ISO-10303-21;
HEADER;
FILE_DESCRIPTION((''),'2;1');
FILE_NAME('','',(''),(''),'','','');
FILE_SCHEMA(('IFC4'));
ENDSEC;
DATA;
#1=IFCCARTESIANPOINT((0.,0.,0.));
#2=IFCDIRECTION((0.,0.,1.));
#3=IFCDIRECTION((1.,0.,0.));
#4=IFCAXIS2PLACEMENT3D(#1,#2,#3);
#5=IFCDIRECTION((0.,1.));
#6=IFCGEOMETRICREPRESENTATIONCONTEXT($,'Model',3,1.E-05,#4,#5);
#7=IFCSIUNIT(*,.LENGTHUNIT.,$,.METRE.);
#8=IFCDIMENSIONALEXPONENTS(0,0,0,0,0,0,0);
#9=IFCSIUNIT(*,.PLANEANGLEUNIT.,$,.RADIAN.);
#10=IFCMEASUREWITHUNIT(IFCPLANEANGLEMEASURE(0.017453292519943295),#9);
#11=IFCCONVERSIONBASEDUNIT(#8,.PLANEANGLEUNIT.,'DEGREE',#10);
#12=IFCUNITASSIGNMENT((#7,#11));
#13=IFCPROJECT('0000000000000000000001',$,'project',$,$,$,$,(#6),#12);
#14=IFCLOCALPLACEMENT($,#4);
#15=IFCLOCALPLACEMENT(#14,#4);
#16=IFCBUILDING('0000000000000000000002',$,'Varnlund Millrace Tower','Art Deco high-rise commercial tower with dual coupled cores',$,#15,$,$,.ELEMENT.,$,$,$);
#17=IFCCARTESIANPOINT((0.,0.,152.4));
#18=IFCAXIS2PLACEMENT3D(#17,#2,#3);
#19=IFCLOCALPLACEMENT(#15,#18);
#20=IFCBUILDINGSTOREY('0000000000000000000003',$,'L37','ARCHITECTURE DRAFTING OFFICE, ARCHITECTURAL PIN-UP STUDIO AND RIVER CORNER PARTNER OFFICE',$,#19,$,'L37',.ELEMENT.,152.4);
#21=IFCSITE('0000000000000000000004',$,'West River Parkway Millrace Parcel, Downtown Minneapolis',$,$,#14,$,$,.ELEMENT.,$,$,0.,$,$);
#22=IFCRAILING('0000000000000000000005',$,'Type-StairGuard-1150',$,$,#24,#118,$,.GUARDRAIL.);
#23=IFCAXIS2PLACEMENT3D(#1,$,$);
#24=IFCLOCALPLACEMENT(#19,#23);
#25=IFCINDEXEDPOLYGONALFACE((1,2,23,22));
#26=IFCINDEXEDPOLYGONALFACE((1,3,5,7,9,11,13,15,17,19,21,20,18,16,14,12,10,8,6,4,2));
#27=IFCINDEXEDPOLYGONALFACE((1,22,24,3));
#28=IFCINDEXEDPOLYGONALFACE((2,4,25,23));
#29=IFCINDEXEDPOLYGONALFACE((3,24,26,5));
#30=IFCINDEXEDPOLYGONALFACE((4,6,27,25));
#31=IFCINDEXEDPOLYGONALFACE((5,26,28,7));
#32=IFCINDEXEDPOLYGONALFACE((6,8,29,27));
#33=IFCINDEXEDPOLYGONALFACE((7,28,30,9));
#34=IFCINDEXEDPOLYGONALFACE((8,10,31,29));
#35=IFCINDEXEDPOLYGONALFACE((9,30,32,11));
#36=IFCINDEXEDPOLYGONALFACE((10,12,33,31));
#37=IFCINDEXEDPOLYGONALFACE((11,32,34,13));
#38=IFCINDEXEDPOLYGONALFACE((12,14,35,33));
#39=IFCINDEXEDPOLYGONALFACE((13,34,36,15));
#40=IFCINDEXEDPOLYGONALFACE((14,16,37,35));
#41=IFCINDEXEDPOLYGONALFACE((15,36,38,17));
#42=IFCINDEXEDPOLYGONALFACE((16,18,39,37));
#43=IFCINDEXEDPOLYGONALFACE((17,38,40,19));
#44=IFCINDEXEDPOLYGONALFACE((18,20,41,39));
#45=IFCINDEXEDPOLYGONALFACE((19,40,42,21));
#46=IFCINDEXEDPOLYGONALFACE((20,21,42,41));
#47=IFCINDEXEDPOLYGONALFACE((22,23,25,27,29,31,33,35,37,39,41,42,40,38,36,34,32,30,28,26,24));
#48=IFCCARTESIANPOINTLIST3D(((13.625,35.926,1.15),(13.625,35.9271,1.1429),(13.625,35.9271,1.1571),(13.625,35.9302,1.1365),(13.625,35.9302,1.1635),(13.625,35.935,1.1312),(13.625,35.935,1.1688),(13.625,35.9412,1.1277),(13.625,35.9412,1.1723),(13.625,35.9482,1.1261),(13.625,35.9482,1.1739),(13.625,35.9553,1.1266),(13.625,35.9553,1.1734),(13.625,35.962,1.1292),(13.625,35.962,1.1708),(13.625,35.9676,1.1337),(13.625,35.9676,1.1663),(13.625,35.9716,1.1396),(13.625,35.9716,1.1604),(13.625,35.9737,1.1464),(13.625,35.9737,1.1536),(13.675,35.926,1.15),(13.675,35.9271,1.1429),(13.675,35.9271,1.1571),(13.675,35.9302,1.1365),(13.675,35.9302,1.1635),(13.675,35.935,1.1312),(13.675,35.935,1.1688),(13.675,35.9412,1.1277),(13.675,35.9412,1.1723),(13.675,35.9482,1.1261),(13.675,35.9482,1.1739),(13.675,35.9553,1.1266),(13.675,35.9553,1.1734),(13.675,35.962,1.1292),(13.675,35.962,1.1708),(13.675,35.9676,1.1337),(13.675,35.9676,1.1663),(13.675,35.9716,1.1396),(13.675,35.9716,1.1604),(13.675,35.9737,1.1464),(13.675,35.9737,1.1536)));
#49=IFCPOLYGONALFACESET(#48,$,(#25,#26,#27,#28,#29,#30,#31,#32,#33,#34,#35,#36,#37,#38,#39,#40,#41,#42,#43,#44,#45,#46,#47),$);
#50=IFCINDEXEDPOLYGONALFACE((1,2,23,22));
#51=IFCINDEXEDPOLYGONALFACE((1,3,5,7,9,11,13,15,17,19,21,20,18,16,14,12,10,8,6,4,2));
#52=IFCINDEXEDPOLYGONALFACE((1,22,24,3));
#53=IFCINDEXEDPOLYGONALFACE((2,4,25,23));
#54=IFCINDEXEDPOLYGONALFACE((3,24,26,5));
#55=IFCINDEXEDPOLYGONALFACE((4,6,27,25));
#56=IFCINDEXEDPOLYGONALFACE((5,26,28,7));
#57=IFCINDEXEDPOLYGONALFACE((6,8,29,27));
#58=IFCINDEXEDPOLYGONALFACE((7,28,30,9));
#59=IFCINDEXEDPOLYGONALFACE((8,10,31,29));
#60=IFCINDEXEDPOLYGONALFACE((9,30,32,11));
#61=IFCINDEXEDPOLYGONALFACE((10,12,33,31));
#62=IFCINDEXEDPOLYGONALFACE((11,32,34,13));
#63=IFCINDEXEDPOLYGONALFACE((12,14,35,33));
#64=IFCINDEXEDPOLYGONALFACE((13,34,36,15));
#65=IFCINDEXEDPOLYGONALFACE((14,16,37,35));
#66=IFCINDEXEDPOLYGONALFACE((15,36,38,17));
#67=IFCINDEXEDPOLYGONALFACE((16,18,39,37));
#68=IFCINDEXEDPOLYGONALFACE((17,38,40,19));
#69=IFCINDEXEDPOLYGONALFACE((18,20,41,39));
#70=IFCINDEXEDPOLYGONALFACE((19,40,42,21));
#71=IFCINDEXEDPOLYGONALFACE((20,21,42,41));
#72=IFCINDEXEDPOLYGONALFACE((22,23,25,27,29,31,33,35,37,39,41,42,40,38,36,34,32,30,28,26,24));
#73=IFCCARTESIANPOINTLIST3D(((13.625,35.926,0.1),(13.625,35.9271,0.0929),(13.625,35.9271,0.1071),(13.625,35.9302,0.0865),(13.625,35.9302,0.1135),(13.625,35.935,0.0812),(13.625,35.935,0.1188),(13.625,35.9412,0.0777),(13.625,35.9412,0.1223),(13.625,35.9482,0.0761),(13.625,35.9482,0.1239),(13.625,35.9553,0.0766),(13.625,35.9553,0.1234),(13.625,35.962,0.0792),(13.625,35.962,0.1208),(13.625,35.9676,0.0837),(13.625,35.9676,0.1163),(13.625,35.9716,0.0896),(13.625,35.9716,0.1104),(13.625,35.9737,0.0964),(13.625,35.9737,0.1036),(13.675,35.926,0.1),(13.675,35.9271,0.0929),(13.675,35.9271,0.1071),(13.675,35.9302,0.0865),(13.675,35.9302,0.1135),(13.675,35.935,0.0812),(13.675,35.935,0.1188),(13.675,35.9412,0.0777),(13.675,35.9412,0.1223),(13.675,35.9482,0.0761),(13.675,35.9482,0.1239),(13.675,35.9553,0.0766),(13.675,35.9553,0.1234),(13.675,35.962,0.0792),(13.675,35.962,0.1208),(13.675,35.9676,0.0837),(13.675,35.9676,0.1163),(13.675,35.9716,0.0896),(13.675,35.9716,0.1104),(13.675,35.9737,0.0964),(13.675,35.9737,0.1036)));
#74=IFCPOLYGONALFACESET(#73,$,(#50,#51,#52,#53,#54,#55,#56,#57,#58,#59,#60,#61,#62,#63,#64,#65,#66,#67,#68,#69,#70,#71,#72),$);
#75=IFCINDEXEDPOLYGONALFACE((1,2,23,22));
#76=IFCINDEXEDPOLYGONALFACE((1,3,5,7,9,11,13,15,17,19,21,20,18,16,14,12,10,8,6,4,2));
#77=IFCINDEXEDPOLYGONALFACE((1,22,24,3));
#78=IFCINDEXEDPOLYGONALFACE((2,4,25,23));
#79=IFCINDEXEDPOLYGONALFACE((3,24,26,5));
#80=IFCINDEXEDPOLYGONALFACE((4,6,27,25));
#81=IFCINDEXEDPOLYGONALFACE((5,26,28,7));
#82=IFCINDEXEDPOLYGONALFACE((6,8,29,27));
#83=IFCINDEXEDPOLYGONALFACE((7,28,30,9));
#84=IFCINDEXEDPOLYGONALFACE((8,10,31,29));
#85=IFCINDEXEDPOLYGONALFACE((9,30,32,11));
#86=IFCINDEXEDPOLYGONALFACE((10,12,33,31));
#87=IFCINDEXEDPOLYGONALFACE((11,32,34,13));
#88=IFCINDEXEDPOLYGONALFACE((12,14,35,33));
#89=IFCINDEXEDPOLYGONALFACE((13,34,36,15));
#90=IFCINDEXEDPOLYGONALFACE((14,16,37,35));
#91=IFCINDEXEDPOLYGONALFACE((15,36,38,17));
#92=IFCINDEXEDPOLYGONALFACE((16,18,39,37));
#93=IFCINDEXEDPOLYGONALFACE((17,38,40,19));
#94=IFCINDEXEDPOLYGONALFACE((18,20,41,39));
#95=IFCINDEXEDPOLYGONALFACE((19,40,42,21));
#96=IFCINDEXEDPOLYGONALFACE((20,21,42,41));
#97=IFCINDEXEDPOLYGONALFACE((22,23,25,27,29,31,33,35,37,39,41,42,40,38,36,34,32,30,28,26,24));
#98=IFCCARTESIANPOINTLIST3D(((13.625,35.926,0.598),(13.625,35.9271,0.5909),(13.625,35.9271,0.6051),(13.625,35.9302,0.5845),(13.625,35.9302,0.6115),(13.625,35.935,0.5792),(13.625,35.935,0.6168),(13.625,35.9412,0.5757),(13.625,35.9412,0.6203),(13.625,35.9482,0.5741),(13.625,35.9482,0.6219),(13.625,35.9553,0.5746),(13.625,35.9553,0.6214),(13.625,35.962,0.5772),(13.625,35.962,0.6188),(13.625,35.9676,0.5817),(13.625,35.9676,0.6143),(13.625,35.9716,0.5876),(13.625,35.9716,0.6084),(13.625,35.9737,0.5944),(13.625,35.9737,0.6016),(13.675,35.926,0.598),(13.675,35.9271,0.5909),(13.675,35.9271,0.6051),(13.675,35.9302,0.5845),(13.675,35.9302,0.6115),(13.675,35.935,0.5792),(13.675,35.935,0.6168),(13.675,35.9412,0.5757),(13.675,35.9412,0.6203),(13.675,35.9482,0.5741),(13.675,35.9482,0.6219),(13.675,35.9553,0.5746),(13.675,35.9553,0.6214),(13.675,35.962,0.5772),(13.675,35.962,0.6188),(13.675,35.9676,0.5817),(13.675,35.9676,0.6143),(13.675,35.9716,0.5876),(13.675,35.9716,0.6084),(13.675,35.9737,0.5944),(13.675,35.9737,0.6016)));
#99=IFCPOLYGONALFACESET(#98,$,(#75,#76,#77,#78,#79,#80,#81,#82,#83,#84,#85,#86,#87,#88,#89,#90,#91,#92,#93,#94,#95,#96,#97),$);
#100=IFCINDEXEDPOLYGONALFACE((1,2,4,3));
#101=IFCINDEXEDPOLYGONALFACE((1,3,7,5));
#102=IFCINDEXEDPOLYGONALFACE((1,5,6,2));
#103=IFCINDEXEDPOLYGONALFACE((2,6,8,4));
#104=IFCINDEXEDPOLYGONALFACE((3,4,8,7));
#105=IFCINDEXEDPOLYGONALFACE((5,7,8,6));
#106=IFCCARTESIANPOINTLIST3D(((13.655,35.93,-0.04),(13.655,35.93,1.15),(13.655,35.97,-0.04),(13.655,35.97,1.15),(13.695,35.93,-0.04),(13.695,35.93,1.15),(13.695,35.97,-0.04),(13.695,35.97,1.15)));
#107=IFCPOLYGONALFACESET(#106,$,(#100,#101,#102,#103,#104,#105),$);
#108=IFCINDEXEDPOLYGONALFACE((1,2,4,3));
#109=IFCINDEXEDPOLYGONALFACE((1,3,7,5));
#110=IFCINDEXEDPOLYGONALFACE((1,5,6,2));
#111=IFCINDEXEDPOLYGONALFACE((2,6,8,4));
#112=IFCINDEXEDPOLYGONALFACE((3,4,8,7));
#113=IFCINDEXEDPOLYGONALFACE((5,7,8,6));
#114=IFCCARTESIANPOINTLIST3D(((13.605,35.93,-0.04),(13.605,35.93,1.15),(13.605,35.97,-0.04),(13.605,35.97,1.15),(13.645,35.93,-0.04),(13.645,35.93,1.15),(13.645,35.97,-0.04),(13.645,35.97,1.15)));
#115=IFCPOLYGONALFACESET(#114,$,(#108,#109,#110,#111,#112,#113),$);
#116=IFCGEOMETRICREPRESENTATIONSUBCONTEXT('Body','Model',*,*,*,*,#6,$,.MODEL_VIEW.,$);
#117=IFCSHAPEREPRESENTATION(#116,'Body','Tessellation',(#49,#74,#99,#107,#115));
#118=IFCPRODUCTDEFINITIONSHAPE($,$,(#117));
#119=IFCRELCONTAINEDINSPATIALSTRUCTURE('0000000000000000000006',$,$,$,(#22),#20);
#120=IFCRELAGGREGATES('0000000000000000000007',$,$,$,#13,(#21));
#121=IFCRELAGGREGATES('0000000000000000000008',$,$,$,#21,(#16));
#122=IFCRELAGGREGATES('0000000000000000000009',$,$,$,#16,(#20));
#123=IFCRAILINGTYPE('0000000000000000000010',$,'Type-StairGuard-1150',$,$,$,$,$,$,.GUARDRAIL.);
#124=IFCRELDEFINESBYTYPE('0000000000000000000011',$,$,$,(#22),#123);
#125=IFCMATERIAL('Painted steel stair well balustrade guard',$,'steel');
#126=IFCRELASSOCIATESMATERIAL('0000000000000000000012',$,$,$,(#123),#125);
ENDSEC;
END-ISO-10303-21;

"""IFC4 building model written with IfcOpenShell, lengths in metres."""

from ifc_helpers import new_model, entity, si_unit, converted_unit, direction, frame, origin_with_axes, origin_2d_with_axis, place, context, subcontext, project, spatial, rectangle, circle, extrude, material, type_object, element, save


model = new_model("IFC4")

# Units and contexts
model_context = context("Model", 3, precision=1e-05, world=origin_with_axes(), true_north=direction((0.0, 1.0)))
body_context = subcontext(model_context, "Body", "Model", "MODEL_VIEW")
ifc_project = project(units=[si_unit("LENGTHUNIT", "METRE"), converted_unit("PLANEANGLEUNIT", "DEGREE", entity("IfcPlaneAngleMeasure", 0.017453292519943295), si_unit("PLANEANGLEUNIT", "RADIAN"), dimensions=[0, 0, 0, 0, 0, 0, 0])], contexts=[model_context])

# Site, building, storey
site_placement = place(None, origin_with_axes())
site = spatial("IfcSite", under=ifc_project, at=site_placement, Name="West River Parkway Millrace Parcel, Downtown Minneapolis", CompositionType="ELEMENT", RefElevation=0.0)
building_placement = place(site_placement, origin_with_axes())
building = spatial("IfcBuilding", under=site, at=building_placement, Name="Varnlund Millrace Tower", Description="Art Deco high-rise commercial tower with dual coupled cores", CompositionType="ELEMENT")
storey_placement = place(building_placement, frame((0.0, 0.0, 152.4), z_axis=(0.0, 0.0, 1.0), x_axis=(1.0, 0.0, 0.0)))
storey = spatial("IfcBuildingStorey", under=building, at=storey_placement, Name="L37", Description="ARCHITECTURE DRAFTING OFFICE, ARCHITECTURAL PIN-UP STUDIO AND RIVER CORNER PARTNER OFFICE", LongName="L37", CompositionType="ELEMENT", Elevation=152.4)

# Railing
ifc_material_1 = material(Name="Painted steel stair well balustrade guard", Category="steel")
railing_type_1 = type_object("IfcRailingType", Name="Type-StairGuard-1150", PredefinedType="GUARDRAIL", material=ifc_material_1)
railing_1_placement = place(storey_placement, frame((0.0, 0.0, -152.4), z_axis=(0.0, 0.0, 1.0), x_axis=(1.0, 0.0, 0.0)))
element("IfcRailing", 1, at=railing_1_placement, inside=storey, type_object=railing_type_1, Name="Type-StairGuard-1150", PredefinedType="GUARDRAIL", context=body_context, shape_type="SweptSolid", body=[
    extrude(circle(Radius=0.024, at=origin_2d_with_axis()), frame((13.675, 35.95, 153.55), z_axis=(-1.0, 0.0, 0.0), x_axis=(0.0, -1.0, 0.0)), (0.0, 0.0, 1.0), 0.05),
    extrude(circle(Radius=0.024, at=origin_2d_with_axis()), frame((13.675, 35.95, 152.5), z_axis=(-1.0, 0.0, 0.0), x_axis=(0.0, -1.0, 0.0)), (0.0, 0.0, 1.0), 0.05),
    extrude(circle(Radius=0.024, at=origin_2d_with_axis()), frame((13.675, 35.95, 152.998), z_axis=(-1.0, 0.0, 0.0), x_axis=(0.0, -1.0, 0.0)), (0.0, 0.0, 1.0), 0.05),
    extrude(rectangle(XDim=0.04, YDim=0.04, at=origin_2d_with_axis()), frame((13.675, 35.95, 152.36), z_axis=(0.0, 0.0, 1.0), x_axis=(1.0, 0.0, 0.0)), (0.0, 0.0, 1.0), 1.19),
    extrude(rectangle(XDim=0.04, YDim=0.04, at=origin_2d_with_axis()), frame((13.625, 35.95, 152.36), z_axis=(0.0, 0.0, 1.0), x_axis=(1.0, 0.0, 0.0)), (0.0, 0.0, 1.0), 1.19),
])

save(model, "model.ifc")
